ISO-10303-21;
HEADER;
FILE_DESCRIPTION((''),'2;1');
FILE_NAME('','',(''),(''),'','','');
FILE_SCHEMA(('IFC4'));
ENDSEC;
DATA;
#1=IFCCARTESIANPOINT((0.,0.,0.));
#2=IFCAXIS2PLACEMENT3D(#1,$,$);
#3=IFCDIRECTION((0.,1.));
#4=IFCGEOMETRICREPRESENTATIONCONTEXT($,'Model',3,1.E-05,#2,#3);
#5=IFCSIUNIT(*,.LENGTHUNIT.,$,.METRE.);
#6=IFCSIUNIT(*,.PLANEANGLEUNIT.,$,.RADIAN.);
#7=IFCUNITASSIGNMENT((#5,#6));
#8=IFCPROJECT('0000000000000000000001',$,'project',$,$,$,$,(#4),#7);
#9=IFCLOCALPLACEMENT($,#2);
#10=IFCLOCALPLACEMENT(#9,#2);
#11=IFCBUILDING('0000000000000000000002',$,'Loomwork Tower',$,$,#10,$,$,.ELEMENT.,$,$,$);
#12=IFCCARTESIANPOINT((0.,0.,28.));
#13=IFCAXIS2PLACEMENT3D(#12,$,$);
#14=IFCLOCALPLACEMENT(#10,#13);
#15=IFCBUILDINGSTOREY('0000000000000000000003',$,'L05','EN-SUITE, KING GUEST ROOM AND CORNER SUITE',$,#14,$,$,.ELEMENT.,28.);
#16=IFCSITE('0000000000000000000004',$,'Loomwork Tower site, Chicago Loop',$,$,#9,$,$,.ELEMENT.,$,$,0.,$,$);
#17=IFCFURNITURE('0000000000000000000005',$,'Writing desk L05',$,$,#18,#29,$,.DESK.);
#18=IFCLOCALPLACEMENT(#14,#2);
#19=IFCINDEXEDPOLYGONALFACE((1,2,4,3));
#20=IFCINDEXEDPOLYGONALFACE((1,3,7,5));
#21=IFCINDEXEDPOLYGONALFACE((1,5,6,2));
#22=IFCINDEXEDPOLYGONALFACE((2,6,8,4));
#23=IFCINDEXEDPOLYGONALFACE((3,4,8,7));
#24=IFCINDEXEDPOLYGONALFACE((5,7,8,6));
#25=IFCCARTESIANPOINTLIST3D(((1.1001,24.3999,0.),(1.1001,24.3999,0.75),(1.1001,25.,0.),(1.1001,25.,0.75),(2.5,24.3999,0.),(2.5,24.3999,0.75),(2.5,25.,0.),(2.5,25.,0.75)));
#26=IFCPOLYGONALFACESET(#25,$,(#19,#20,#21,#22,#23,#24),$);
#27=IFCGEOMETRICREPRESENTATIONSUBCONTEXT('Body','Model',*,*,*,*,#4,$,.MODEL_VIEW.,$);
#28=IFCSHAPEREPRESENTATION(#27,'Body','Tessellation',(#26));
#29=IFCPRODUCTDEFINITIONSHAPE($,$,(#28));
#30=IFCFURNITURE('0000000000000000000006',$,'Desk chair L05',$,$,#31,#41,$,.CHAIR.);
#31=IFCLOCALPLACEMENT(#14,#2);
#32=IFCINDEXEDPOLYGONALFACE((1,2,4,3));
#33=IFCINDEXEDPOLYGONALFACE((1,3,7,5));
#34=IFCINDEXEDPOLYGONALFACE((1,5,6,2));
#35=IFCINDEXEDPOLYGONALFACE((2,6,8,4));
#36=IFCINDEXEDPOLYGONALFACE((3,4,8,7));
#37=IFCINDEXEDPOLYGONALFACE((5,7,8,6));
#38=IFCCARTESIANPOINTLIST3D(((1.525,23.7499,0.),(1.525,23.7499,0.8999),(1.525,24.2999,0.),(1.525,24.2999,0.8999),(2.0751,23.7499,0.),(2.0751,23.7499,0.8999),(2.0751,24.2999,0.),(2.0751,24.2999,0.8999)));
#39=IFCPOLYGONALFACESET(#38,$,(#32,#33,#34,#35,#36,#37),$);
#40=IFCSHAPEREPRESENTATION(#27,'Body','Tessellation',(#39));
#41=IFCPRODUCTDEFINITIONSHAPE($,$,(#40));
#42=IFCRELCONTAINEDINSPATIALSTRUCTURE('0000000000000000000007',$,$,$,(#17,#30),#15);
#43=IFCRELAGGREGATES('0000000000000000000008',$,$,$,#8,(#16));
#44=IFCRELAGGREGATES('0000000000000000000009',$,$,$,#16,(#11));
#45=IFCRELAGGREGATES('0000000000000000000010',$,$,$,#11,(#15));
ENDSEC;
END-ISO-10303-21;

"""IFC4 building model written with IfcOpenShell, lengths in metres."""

from ifc_helpers import new_model, si_unit, direction, frame, origin, origin_2d, place, context, subcontext, project, spatial, rectangle, extrude, element, save


model = new_model("IFC4")

# Units and contexts
model_context = context("Model", 3, precision=1e-05, world=origin(), true_north=direction((0.0, 1.0)))
body_context = subcontext(model_context, "Body", "Model", "MODEL_VIEW")
ifc_project = project(units=[si_unit("LENGTHUNIT", "METRE"), si_unit("PLANEANGLEUNIT", "RADIAN")], contexts=[model_context])

# Site, building, storey
site_placement = place(None, origin())
site = spatial("IfcSite", under=ifc_project, at=site_placement, Name="Loomwork Tower site, Chicago Loop", CompositionType="ELEMENT", RefElevation=0.0)
building_placement = place(site_placement, origin())
building = spatial("IfcBuilding", under=site, at=building_placement, Name="Loomwork Tower", CompositionType="ELEMENT")
storey_placement = place(building_placement, frame((0.0, 0.0, 28.0)))
storey = spatial("IfcBuildingStorey", under=building, at=storey_placement, Name="L05", Description="EN-SUITE, KING GUEST ROOM AND CORNER SUITE", CompositionType="ELEMENT", Elevation=28.0)

# Furniture
furniture_1_placement = place(storey_placement, frame((1.8, 24.7, 0.0), z_axis=(0.0, 0.0, 1.0), x_axis=(1.0, 0.0, 0.0)))
element("IfcFurniture", 1, at=furniture_1_placement, inside=storey, Name="Writing desk L05", PredefinedType="DESK", context=body_context, shape_type="SweptSolid", body=[
    extrude(rectangle(XDim=1.3999, YDim=0.6001, at=origin_2d()), origin(), (0.0, 0.0, 1.0), 0.75),
])
furniture_2_placement = place(storey_placement, frame((1.8, 24.0249, 0.0), z_axis=(0.0, 0.0, 1.0), x_axis=(1.0, 0.0, 0.0)))
element("IfcFurniture", 2, at=furniture_2_placement, inside=storey, Name="Desk chair L05", PredefinedType="CHAIR", context=body_context, shape_type="SweptSolid", body=[
    extrude(rectangle(XDim=0.55, YDim=0.55, at=origin_2d()), origin(), (0.0, 0.0, 1.0), 0.8999),
])

save(model, "model.ifc")
